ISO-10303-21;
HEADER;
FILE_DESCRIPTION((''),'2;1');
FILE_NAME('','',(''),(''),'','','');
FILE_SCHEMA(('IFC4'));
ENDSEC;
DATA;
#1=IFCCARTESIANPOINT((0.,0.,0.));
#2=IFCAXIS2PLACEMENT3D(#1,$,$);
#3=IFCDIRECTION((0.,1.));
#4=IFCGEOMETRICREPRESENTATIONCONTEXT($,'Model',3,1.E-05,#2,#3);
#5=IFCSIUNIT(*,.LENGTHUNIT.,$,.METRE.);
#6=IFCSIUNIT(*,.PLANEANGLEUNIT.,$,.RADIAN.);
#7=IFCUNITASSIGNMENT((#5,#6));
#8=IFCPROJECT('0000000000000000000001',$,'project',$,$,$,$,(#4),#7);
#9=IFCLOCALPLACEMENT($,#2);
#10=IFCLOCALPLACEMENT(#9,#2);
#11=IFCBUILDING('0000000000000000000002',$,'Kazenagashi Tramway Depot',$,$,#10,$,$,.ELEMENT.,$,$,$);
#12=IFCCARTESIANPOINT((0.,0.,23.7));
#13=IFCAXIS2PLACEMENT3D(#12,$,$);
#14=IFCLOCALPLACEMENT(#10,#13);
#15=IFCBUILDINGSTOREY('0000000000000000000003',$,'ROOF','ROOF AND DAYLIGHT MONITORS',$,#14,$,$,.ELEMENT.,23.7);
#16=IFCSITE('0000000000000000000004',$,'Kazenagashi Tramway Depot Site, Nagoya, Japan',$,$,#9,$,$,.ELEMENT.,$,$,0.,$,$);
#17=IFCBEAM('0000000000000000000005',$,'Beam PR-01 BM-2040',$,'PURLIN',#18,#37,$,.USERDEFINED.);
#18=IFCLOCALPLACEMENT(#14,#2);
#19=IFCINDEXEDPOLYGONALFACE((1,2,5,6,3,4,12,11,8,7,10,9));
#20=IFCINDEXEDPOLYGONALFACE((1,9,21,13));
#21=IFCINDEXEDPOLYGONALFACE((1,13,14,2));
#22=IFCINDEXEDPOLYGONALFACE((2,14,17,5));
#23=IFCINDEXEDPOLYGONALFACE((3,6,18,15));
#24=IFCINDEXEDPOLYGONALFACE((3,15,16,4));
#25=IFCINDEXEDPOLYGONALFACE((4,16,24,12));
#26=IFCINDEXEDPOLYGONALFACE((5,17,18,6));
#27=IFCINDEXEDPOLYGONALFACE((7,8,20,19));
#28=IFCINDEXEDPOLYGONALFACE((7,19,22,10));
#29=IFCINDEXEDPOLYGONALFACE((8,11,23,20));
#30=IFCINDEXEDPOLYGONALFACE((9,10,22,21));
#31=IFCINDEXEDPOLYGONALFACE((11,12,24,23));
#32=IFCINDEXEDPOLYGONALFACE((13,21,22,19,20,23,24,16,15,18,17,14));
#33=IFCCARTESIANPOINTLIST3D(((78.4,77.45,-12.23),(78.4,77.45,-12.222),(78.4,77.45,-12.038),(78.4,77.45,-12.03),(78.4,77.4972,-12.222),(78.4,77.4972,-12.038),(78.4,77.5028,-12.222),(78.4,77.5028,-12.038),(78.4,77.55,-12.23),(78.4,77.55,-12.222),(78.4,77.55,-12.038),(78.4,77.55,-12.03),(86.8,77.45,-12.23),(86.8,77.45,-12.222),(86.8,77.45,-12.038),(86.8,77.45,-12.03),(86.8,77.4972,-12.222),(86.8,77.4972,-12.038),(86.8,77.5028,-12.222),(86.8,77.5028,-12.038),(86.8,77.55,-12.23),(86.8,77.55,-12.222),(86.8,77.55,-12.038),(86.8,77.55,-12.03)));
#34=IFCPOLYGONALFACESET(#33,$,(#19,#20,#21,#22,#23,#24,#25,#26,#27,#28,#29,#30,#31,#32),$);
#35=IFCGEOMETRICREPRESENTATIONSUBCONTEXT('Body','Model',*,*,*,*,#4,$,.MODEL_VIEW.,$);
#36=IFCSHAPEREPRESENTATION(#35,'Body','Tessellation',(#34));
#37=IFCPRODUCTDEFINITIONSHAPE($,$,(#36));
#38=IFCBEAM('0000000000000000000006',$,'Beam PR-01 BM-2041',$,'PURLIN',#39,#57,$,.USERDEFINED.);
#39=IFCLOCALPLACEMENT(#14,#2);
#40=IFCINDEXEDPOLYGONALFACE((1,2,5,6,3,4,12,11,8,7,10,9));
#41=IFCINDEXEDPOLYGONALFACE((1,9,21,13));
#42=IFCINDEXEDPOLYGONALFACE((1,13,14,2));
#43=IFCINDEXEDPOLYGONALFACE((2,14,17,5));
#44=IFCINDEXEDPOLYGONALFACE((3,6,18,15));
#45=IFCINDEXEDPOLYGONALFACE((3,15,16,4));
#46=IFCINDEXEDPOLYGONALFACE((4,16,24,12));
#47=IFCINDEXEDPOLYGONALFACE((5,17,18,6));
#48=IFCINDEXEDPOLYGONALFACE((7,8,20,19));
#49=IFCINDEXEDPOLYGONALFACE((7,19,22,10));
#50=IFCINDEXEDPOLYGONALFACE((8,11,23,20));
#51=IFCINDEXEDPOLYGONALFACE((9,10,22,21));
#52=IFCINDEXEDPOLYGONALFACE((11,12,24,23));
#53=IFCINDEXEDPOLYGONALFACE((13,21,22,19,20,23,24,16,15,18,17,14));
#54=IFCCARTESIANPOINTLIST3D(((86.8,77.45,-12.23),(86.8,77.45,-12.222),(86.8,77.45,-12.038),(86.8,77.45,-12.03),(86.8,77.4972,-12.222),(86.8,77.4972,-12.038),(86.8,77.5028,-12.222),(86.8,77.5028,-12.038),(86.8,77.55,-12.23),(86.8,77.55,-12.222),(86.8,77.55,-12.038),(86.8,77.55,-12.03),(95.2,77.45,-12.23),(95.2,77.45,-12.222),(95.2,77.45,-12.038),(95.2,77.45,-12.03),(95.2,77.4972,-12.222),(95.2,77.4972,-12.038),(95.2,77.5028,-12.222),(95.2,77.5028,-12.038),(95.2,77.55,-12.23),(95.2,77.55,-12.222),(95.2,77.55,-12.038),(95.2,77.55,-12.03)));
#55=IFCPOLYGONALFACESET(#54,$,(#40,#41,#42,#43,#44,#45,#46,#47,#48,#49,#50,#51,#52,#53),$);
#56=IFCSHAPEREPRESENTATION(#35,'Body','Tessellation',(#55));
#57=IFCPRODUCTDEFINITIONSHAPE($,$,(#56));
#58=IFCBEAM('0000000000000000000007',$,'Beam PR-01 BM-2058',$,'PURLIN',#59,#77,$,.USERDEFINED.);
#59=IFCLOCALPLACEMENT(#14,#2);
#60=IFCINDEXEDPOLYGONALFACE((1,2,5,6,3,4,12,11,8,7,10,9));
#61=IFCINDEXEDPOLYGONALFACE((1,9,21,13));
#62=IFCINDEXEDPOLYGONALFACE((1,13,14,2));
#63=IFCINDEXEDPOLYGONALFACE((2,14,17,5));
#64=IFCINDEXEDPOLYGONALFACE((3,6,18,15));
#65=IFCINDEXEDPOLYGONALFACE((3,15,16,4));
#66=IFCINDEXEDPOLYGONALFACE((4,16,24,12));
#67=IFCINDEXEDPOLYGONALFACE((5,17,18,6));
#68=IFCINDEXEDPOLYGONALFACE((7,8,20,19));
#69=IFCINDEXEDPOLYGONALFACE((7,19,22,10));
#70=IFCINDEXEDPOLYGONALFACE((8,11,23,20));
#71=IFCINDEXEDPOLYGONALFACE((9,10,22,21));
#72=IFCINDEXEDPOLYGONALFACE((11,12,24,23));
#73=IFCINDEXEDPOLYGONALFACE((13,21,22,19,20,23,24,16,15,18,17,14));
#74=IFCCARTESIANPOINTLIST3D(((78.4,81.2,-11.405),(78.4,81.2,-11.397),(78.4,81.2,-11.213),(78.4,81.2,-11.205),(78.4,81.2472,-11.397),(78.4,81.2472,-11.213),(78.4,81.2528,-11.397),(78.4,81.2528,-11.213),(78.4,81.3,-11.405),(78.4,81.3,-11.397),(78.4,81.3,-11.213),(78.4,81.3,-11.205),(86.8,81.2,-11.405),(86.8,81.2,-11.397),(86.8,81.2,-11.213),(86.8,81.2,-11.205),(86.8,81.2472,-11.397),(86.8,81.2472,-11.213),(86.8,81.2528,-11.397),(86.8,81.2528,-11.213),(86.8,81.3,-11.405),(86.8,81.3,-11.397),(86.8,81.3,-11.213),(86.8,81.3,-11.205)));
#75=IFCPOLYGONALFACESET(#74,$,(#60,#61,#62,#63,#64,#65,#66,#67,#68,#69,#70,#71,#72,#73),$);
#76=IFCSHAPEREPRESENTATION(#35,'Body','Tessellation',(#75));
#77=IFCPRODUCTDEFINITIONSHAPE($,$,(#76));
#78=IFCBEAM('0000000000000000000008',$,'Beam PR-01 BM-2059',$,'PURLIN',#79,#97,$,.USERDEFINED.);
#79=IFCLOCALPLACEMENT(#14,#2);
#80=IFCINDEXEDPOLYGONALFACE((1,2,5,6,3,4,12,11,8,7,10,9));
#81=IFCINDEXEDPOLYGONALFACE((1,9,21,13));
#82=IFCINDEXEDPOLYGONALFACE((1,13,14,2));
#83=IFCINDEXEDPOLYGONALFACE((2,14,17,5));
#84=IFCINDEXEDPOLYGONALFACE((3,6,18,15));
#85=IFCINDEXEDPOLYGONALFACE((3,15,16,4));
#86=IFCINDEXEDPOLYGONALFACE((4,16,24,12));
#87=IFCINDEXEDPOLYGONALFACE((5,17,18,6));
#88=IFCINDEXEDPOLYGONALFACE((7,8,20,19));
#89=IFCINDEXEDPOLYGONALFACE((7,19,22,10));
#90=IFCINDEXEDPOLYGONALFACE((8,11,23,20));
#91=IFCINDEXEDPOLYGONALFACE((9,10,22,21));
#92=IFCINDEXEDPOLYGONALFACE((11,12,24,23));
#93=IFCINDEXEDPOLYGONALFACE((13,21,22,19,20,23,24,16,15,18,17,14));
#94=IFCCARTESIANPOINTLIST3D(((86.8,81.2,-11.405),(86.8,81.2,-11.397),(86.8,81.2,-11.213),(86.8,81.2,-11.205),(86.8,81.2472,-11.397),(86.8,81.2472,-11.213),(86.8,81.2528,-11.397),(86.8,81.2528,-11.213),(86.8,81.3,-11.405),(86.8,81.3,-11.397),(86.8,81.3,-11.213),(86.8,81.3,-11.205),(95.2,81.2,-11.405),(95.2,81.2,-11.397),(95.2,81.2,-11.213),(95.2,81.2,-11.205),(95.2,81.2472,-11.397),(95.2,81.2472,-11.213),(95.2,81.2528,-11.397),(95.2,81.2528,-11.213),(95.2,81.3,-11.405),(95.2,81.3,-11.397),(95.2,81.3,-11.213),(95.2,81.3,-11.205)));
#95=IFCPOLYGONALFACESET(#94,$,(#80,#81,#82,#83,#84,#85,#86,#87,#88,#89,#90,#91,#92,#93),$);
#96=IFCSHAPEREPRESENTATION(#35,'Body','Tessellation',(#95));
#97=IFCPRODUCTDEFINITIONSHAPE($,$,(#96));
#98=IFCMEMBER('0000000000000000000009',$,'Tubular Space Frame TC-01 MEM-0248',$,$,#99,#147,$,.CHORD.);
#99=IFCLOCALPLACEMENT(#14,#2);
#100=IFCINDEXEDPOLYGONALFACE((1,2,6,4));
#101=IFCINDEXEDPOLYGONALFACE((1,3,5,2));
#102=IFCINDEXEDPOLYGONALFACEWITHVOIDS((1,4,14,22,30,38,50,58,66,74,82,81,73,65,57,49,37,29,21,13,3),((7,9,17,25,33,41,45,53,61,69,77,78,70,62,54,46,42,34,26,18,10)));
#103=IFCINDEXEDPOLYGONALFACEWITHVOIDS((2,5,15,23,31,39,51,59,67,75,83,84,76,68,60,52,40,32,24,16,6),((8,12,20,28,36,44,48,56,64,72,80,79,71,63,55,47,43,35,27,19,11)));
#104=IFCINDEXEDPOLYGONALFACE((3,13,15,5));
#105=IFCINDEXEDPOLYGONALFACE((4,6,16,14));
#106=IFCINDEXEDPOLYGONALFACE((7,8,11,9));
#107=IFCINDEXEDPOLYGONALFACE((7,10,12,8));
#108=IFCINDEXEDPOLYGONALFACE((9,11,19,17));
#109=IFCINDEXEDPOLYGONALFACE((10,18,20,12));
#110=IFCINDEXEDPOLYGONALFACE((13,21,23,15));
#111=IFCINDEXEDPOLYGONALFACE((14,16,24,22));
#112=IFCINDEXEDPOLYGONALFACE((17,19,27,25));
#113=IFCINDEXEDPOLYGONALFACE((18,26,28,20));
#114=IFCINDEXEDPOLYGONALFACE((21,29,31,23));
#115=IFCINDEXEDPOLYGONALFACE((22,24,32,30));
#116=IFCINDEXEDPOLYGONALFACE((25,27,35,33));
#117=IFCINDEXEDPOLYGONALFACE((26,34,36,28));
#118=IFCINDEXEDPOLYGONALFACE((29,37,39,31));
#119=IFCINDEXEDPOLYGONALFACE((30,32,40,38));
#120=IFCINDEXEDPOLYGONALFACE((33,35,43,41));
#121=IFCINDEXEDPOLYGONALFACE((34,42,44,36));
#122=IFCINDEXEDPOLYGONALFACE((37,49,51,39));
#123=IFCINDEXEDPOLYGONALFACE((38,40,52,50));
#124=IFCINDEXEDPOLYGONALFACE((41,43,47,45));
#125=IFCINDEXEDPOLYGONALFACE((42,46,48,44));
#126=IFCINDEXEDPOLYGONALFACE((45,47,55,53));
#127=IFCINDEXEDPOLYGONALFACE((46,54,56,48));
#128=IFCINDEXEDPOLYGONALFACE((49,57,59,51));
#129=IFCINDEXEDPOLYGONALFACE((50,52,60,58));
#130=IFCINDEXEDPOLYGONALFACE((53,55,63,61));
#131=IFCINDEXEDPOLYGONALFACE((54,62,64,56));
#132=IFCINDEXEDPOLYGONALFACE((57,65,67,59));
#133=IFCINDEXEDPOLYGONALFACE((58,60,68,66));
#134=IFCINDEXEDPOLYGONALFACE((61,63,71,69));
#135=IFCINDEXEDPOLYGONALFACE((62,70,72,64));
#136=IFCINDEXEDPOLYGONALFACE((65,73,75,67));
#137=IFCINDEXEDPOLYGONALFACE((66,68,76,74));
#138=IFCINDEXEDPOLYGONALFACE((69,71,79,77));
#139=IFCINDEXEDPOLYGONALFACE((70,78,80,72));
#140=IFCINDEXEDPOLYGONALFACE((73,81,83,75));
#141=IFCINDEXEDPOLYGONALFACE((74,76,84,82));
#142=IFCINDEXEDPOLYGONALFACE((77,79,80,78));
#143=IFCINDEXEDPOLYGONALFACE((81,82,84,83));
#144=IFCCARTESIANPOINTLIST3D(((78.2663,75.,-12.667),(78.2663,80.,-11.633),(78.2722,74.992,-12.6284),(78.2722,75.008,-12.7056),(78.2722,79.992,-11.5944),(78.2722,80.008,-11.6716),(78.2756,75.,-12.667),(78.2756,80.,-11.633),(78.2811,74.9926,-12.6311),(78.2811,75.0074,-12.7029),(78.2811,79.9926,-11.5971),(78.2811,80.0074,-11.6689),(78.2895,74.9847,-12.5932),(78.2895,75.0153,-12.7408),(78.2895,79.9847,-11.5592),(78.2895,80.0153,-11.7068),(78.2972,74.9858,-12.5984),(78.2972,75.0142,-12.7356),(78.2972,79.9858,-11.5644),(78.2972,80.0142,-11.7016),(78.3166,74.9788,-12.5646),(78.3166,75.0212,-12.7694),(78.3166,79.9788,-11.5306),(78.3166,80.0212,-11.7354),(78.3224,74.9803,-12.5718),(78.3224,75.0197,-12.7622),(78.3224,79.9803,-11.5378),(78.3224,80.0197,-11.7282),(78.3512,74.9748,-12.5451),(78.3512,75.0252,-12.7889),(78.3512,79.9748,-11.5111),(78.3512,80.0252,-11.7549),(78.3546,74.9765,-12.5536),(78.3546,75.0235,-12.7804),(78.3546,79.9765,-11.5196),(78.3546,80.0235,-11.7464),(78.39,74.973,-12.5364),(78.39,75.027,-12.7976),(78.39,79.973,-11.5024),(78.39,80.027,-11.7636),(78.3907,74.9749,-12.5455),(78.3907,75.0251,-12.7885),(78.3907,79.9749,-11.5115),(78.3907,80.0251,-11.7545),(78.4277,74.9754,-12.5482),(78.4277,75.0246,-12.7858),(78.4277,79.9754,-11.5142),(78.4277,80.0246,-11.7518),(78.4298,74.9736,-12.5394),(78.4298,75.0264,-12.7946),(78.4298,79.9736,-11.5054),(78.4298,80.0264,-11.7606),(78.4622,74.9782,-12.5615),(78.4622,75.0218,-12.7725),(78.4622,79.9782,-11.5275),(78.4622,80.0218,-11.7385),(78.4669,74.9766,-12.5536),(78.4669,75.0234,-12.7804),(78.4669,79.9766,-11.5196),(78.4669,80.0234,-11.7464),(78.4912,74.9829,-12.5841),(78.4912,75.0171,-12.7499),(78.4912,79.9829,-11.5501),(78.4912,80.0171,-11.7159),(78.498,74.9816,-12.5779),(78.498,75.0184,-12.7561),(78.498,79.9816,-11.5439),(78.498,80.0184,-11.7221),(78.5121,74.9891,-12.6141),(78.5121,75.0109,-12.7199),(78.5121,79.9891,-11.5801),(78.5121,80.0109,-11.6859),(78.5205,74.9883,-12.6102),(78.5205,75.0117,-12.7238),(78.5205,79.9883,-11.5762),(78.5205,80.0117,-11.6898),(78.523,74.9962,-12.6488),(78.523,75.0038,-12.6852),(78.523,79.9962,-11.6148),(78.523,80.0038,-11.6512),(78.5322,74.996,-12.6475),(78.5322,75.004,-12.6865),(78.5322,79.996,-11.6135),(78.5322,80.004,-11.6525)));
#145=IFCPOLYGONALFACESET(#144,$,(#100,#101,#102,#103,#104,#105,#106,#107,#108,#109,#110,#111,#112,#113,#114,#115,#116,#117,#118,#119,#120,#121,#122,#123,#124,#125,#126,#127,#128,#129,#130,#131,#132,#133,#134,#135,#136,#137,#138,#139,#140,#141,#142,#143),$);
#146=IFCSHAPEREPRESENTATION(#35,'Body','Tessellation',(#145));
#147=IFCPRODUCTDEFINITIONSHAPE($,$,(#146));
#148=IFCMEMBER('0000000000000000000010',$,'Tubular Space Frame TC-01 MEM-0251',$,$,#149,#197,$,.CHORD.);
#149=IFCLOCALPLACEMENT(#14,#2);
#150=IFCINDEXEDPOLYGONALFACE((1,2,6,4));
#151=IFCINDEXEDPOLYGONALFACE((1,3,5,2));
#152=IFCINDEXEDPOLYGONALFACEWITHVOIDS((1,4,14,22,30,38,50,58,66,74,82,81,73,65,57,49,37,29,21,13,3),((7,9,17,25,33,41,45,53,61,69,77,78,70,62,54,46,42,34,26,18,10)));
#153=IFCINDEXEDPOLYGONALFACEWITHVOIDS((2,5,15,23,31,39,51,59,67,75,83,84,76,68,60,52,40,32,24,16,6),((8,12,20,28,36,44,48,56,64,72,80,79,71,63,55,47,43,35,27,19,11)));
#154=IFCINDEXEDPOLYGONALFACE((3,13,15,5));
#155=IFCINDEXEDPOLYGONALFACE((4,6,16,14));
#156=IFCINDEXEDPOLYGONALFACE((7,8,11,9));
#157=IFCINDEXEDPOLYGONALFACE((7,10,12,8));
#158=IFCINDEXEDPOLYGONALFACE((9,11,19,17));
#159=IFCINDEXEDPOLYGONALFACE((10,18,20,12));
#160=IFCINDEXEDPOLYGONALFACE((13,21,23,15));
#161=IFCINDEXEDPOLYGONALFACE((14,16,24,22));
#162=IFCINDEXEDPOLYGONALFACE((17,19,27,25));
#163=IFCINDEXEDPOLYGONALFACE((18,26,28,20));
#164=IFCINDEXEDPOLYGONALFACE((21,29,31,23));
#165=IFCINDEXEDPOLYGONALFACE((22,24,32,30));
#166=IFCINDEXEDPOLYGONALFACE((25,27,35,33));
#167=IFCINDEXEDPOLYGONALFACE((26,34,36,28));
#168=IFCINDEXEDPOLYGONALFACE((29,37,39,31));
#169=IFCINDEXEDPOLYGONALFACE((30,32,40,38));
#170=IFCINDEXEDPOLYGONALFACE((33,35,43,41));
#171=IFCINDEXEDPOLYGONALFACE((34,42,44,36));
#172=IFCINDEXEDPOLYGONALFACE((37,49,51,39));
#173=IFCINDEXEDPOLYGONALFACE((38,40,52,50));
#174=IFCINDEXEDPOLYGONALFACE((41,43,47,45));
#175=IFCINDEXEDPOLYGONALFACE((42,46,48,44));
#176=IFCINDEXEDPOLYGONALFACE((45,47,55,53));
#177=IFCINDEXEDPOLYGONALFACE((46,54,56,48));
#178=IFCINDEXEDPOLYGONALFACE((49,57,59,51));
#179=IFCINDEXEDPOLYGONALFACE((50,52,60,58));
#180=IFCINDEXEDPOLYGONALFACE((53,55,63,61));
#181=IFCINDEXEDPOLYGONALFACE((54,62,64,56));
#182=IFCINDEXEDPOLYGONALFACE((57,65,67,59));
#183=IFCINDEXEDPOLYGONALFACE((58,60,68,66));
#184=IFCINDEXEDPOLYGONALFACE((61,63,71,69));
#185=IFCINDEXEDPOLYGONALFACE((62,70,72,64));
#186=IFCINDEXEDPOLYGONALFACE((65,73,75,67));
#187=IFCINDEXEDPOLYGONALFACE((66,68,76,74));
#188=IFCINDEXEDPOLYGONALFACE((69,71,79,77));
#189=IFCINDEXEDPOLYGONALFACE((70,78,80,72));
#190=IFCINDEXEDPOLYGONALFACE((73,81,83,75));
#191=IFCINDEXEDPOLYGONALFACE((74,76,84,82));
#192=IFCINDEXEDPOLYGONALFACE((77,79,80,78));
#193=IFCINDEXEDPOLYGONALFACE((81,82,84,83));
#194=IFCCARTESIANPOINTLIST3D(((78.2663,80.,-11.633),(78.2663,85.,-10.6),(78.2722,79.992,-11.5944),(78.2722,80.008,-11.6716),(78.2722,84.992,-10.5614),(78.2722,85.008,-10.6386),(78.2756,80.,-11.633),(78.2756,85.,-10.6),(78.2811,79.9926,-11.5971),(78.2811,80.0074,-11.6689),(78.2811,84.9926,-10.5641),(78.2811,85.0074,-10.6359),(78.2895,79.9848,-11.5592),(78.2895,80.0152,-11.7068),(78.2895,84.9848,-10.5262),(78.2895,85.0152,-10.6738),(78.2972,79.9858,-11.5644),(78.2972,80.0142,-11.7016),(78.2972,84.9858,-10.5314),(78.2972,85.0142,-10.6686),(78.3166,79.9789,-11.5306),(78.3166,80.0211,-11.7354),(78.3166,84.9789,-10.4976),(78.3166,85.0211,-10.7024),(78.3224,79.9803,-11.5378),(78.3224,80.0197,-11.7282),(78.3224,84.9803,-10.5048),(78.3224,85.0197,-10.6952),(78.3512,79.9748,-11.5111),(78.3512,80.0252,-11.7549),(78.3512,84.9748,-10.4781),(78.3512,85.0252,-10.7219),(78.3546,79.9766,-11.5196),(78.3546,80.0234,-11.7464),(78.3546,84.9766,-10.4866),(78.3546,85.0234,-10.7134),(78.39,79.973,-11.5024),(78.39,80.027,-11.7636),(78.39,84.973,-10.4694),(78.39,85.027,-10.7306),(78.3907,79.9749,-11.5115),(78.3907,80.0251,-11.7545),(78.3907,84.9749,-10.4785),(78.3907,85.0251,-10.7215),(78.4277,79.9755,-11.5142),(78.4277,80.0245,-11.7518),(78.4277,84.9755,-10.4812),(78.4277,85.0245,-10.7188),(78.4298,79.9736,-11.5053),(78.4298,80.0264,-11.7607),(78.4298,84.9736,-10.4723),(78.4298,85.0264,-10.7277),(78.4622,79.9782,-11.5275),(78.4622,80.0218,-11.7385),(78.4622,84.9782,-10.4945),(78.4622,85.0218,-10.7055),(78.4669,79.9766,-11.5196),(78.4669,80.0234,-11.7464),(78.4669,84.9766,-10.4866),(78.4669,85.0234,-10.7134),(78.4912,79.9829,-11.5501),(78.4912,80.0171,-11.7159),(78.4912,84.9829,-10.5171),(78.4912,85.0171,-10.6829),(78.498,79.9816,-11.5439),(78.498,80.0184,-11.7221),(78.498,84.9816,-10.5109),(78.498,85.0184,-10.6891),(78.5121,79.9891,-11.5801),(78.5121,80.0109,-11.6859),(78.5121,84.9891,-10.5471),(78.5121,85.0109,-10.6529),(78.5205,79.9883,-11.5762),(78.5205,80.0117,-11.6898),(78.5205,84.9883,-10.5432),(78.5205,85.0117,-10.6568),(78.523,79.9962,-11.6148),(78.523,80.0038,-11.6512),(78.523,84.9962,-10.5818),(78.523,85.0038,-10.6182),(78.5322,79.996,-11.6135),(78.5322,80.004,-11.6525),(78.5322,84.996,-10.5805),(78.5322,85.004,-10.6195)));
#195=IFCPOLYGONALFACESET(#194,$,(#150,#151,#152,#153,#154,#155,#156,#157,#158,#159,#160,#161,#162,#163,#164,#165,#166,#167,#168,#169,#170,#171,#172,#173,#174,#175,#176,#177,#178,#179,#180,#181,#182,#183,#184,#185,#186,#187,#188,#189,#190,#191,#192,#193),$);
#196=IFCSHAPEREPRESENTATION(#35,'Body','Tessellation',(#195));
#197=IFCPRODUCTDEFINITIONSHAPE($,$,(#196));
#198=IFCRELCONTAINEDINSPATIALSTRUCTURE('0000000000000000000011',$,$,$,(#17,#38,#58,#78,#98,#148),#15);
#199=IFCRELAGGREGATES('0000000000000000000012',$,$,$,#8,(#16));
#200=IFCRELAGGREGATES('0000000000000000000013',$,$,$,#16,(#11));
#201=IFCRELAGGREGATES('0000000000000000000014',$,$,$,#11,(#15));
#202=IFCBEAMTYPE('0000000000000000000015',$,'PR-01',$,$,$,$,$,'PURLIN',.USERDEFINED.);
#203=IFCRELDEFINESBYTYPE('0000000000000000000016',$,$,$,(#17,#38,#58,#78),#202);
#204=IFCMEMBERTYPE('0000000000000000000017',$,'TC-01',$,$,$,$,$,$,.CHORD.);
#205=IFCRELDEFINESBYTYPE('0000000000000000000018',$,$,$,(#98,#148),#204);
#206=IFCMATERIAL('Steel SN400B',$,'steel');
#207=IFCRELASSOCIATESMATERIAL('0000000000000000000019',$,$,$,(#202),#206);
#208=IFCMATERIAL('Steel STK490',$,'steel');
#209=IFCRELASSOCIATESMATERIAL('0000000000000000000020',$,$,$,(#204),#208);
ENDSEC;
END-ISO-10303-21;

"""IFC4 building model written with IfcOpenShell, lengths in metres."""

from ifc_helpers import new_model, si_unit, direction, frame, origin, origin_2d, place, context, subcontext, project, spatial, hollow_circle, i_section, extrude, material, material_profile, profile_set, type_object, element, save


model = new_model("IFC4")

# Units and contexts
model_context = context("Model", 3, precision=1e-05, world=origin(), true_north=direction((0.0, 1.0)))
body_context = subcontext(model_context, "Body", "Model", "MODEL_VIEW")
ifc_project = project(units=[si_unit("LENGTHUNIT", "METRE"), si_unit("PLANEANGLEUNIT", "RADIAN")], contexts=[model_context])

# Site, building, storey
site_placement = place(None, origin())
site = spatial("IfcSite", under=ifc_project, at=site_placement, Name="Kazenagashi Tramway Depot Site, Nagoya, Japan", CompositionType="ELEMENT", RefElevation=0.0)
building_placement = place(site_placement, origin())
building = spatial("IfcBuilding", under=site, at=building_placement, Name="Kazenagashi Tramway Depot", CompositionType="ELEMENT")
storey_placement = place(building_placement, frame((0.0, 0.0, 23.7)))
storey = spatial("IfcBuildingStorey", under=building, at=storey_placement, Name="ROOF", Description="ROOF AND DAYLIGHT MONITORS", CompositionType="ELEMENT", Elevation=23.7)

# Beams
ifc_material_1 = material(Name="Steel SN400B", Category="steel")
ifc_material_profile_1 = material_profile(ifc_material_1, i_section(OverallWidth=0.1, OverallDepth=0.2, WebThickness=0.0055, FlangeThickness=0.008, at=origin_2d()), Name="H-200x100x5.5x8")
ifc_profile_set_1 = profile_set([ifc_material_profile_1], Name="Steel SN400B")
beam_type = type_object("IfcBeamType", Name="PR-01", ElementType="PURLIN", PredefinedType="USERDEFINED", material=ifc_profile_set_1)
for number, where, z_axis, x_axis, name in (
    (1, (78.4, 77.5, -12.13), (1.0, 0.0, 0.0), (0.0, 1.0, 0.0), "Beam PR-01 BM-2040"),
    (2, (86.8, 77.5, -12.13), (1.0, 0.0, 0.0), (0.0, 1.0, 0.0), "Beam PR-01 BM-2041"),
    (3, (78.4, 81.25, -11.305), (1.0, 0.0, 0.0), (0.0, 1.0, 0.0), "Beam PR-01 BM-2058"),
    (4, (86.8, 81.25, -11.305), (1.0, 0.0, 0.0), (0.0, 1.0, 0.0), "Beam PR-01 BM-2059"),
):
    element("IfcBeam", number, at=place(storey_placement, frame(where, z_axis=z_axis, x_axis=x_axis)), inside=storey, type_object=beam_type, Name=name, ObjectType="PURLIN", PredefinedType="USERDEFINED", context=body_context, shape_type="SweptSolid", body=[
        extrude(i_section(OverallWidth=0.1, OverallDepth=0.2, WebThickness=0.0055, FlangeThickness=0.008, at=origin_2d()), origin(), (0.0, 0.0, 1.0), 8.4),
    ])

# Members
ifc_material_2 = material(Name="Steel STK490", Category="steel")
ifc_material_profile_2 = material_profile(ifc_material_2, hollow_circle(Radius=0.1337, WallThickness=0.0093, at=origin_2d()), Name="CHS-267.4x9.3")
ifc_profile_set_2 = profile_set([ifc_material_profile_2], Name="Steel STK490")
member_type_1 = type_object("IfcMemberType", Name="TC-01", PredefinedType="CHORD", material=ifc_profile_set_2)
member_1_placement = place(storey_placement, frame((78.4, 75.0, -12.667), z_axis=(0.0, 0.979279, 0.202515), x_axis=(-1.0, 0.0, 0.0)))
element("IfcMember", 5, at=member_1_placement, inside=storey, type_object=member_type_1, Name="Tubular Space Frame TC-01 MEM-0248", PredefinedType="CHORD", context=body_context, shape_type="SweptSolid", body=[
    extrude(hollow_circle(Radius=0.1337, WallThickness=0.0093, at=origin_2d()), origin(), (0.0, 0.0, 1.0), 5.1058),
])
for number, where, z_axis, x_axis, name in (
    (6, (78.4, 80.0, -11.633), (0.0, 0.979318, 0.202327), (-1.0, 0.0, 0.0), "Tubular Space Frame TC-01 MEM-0251"),
):
    element("IfcMember", number, at=place(storey_placement, frame(where, z_axis=z_axis, x_axis=x_axis)), inside=storey, type_object=member_type_1, Name=name, PredefinedType="CHORD", context=body_context, shape_type="SweptSolid", body=[
        extrude(hollow_circle(Radius=0.1337, WallThickness=0.0093, at=origin_2d()), origin(), (0.0, 0.0, 1.0), 5.1056),
    ])

save(model, "model.ifc")
